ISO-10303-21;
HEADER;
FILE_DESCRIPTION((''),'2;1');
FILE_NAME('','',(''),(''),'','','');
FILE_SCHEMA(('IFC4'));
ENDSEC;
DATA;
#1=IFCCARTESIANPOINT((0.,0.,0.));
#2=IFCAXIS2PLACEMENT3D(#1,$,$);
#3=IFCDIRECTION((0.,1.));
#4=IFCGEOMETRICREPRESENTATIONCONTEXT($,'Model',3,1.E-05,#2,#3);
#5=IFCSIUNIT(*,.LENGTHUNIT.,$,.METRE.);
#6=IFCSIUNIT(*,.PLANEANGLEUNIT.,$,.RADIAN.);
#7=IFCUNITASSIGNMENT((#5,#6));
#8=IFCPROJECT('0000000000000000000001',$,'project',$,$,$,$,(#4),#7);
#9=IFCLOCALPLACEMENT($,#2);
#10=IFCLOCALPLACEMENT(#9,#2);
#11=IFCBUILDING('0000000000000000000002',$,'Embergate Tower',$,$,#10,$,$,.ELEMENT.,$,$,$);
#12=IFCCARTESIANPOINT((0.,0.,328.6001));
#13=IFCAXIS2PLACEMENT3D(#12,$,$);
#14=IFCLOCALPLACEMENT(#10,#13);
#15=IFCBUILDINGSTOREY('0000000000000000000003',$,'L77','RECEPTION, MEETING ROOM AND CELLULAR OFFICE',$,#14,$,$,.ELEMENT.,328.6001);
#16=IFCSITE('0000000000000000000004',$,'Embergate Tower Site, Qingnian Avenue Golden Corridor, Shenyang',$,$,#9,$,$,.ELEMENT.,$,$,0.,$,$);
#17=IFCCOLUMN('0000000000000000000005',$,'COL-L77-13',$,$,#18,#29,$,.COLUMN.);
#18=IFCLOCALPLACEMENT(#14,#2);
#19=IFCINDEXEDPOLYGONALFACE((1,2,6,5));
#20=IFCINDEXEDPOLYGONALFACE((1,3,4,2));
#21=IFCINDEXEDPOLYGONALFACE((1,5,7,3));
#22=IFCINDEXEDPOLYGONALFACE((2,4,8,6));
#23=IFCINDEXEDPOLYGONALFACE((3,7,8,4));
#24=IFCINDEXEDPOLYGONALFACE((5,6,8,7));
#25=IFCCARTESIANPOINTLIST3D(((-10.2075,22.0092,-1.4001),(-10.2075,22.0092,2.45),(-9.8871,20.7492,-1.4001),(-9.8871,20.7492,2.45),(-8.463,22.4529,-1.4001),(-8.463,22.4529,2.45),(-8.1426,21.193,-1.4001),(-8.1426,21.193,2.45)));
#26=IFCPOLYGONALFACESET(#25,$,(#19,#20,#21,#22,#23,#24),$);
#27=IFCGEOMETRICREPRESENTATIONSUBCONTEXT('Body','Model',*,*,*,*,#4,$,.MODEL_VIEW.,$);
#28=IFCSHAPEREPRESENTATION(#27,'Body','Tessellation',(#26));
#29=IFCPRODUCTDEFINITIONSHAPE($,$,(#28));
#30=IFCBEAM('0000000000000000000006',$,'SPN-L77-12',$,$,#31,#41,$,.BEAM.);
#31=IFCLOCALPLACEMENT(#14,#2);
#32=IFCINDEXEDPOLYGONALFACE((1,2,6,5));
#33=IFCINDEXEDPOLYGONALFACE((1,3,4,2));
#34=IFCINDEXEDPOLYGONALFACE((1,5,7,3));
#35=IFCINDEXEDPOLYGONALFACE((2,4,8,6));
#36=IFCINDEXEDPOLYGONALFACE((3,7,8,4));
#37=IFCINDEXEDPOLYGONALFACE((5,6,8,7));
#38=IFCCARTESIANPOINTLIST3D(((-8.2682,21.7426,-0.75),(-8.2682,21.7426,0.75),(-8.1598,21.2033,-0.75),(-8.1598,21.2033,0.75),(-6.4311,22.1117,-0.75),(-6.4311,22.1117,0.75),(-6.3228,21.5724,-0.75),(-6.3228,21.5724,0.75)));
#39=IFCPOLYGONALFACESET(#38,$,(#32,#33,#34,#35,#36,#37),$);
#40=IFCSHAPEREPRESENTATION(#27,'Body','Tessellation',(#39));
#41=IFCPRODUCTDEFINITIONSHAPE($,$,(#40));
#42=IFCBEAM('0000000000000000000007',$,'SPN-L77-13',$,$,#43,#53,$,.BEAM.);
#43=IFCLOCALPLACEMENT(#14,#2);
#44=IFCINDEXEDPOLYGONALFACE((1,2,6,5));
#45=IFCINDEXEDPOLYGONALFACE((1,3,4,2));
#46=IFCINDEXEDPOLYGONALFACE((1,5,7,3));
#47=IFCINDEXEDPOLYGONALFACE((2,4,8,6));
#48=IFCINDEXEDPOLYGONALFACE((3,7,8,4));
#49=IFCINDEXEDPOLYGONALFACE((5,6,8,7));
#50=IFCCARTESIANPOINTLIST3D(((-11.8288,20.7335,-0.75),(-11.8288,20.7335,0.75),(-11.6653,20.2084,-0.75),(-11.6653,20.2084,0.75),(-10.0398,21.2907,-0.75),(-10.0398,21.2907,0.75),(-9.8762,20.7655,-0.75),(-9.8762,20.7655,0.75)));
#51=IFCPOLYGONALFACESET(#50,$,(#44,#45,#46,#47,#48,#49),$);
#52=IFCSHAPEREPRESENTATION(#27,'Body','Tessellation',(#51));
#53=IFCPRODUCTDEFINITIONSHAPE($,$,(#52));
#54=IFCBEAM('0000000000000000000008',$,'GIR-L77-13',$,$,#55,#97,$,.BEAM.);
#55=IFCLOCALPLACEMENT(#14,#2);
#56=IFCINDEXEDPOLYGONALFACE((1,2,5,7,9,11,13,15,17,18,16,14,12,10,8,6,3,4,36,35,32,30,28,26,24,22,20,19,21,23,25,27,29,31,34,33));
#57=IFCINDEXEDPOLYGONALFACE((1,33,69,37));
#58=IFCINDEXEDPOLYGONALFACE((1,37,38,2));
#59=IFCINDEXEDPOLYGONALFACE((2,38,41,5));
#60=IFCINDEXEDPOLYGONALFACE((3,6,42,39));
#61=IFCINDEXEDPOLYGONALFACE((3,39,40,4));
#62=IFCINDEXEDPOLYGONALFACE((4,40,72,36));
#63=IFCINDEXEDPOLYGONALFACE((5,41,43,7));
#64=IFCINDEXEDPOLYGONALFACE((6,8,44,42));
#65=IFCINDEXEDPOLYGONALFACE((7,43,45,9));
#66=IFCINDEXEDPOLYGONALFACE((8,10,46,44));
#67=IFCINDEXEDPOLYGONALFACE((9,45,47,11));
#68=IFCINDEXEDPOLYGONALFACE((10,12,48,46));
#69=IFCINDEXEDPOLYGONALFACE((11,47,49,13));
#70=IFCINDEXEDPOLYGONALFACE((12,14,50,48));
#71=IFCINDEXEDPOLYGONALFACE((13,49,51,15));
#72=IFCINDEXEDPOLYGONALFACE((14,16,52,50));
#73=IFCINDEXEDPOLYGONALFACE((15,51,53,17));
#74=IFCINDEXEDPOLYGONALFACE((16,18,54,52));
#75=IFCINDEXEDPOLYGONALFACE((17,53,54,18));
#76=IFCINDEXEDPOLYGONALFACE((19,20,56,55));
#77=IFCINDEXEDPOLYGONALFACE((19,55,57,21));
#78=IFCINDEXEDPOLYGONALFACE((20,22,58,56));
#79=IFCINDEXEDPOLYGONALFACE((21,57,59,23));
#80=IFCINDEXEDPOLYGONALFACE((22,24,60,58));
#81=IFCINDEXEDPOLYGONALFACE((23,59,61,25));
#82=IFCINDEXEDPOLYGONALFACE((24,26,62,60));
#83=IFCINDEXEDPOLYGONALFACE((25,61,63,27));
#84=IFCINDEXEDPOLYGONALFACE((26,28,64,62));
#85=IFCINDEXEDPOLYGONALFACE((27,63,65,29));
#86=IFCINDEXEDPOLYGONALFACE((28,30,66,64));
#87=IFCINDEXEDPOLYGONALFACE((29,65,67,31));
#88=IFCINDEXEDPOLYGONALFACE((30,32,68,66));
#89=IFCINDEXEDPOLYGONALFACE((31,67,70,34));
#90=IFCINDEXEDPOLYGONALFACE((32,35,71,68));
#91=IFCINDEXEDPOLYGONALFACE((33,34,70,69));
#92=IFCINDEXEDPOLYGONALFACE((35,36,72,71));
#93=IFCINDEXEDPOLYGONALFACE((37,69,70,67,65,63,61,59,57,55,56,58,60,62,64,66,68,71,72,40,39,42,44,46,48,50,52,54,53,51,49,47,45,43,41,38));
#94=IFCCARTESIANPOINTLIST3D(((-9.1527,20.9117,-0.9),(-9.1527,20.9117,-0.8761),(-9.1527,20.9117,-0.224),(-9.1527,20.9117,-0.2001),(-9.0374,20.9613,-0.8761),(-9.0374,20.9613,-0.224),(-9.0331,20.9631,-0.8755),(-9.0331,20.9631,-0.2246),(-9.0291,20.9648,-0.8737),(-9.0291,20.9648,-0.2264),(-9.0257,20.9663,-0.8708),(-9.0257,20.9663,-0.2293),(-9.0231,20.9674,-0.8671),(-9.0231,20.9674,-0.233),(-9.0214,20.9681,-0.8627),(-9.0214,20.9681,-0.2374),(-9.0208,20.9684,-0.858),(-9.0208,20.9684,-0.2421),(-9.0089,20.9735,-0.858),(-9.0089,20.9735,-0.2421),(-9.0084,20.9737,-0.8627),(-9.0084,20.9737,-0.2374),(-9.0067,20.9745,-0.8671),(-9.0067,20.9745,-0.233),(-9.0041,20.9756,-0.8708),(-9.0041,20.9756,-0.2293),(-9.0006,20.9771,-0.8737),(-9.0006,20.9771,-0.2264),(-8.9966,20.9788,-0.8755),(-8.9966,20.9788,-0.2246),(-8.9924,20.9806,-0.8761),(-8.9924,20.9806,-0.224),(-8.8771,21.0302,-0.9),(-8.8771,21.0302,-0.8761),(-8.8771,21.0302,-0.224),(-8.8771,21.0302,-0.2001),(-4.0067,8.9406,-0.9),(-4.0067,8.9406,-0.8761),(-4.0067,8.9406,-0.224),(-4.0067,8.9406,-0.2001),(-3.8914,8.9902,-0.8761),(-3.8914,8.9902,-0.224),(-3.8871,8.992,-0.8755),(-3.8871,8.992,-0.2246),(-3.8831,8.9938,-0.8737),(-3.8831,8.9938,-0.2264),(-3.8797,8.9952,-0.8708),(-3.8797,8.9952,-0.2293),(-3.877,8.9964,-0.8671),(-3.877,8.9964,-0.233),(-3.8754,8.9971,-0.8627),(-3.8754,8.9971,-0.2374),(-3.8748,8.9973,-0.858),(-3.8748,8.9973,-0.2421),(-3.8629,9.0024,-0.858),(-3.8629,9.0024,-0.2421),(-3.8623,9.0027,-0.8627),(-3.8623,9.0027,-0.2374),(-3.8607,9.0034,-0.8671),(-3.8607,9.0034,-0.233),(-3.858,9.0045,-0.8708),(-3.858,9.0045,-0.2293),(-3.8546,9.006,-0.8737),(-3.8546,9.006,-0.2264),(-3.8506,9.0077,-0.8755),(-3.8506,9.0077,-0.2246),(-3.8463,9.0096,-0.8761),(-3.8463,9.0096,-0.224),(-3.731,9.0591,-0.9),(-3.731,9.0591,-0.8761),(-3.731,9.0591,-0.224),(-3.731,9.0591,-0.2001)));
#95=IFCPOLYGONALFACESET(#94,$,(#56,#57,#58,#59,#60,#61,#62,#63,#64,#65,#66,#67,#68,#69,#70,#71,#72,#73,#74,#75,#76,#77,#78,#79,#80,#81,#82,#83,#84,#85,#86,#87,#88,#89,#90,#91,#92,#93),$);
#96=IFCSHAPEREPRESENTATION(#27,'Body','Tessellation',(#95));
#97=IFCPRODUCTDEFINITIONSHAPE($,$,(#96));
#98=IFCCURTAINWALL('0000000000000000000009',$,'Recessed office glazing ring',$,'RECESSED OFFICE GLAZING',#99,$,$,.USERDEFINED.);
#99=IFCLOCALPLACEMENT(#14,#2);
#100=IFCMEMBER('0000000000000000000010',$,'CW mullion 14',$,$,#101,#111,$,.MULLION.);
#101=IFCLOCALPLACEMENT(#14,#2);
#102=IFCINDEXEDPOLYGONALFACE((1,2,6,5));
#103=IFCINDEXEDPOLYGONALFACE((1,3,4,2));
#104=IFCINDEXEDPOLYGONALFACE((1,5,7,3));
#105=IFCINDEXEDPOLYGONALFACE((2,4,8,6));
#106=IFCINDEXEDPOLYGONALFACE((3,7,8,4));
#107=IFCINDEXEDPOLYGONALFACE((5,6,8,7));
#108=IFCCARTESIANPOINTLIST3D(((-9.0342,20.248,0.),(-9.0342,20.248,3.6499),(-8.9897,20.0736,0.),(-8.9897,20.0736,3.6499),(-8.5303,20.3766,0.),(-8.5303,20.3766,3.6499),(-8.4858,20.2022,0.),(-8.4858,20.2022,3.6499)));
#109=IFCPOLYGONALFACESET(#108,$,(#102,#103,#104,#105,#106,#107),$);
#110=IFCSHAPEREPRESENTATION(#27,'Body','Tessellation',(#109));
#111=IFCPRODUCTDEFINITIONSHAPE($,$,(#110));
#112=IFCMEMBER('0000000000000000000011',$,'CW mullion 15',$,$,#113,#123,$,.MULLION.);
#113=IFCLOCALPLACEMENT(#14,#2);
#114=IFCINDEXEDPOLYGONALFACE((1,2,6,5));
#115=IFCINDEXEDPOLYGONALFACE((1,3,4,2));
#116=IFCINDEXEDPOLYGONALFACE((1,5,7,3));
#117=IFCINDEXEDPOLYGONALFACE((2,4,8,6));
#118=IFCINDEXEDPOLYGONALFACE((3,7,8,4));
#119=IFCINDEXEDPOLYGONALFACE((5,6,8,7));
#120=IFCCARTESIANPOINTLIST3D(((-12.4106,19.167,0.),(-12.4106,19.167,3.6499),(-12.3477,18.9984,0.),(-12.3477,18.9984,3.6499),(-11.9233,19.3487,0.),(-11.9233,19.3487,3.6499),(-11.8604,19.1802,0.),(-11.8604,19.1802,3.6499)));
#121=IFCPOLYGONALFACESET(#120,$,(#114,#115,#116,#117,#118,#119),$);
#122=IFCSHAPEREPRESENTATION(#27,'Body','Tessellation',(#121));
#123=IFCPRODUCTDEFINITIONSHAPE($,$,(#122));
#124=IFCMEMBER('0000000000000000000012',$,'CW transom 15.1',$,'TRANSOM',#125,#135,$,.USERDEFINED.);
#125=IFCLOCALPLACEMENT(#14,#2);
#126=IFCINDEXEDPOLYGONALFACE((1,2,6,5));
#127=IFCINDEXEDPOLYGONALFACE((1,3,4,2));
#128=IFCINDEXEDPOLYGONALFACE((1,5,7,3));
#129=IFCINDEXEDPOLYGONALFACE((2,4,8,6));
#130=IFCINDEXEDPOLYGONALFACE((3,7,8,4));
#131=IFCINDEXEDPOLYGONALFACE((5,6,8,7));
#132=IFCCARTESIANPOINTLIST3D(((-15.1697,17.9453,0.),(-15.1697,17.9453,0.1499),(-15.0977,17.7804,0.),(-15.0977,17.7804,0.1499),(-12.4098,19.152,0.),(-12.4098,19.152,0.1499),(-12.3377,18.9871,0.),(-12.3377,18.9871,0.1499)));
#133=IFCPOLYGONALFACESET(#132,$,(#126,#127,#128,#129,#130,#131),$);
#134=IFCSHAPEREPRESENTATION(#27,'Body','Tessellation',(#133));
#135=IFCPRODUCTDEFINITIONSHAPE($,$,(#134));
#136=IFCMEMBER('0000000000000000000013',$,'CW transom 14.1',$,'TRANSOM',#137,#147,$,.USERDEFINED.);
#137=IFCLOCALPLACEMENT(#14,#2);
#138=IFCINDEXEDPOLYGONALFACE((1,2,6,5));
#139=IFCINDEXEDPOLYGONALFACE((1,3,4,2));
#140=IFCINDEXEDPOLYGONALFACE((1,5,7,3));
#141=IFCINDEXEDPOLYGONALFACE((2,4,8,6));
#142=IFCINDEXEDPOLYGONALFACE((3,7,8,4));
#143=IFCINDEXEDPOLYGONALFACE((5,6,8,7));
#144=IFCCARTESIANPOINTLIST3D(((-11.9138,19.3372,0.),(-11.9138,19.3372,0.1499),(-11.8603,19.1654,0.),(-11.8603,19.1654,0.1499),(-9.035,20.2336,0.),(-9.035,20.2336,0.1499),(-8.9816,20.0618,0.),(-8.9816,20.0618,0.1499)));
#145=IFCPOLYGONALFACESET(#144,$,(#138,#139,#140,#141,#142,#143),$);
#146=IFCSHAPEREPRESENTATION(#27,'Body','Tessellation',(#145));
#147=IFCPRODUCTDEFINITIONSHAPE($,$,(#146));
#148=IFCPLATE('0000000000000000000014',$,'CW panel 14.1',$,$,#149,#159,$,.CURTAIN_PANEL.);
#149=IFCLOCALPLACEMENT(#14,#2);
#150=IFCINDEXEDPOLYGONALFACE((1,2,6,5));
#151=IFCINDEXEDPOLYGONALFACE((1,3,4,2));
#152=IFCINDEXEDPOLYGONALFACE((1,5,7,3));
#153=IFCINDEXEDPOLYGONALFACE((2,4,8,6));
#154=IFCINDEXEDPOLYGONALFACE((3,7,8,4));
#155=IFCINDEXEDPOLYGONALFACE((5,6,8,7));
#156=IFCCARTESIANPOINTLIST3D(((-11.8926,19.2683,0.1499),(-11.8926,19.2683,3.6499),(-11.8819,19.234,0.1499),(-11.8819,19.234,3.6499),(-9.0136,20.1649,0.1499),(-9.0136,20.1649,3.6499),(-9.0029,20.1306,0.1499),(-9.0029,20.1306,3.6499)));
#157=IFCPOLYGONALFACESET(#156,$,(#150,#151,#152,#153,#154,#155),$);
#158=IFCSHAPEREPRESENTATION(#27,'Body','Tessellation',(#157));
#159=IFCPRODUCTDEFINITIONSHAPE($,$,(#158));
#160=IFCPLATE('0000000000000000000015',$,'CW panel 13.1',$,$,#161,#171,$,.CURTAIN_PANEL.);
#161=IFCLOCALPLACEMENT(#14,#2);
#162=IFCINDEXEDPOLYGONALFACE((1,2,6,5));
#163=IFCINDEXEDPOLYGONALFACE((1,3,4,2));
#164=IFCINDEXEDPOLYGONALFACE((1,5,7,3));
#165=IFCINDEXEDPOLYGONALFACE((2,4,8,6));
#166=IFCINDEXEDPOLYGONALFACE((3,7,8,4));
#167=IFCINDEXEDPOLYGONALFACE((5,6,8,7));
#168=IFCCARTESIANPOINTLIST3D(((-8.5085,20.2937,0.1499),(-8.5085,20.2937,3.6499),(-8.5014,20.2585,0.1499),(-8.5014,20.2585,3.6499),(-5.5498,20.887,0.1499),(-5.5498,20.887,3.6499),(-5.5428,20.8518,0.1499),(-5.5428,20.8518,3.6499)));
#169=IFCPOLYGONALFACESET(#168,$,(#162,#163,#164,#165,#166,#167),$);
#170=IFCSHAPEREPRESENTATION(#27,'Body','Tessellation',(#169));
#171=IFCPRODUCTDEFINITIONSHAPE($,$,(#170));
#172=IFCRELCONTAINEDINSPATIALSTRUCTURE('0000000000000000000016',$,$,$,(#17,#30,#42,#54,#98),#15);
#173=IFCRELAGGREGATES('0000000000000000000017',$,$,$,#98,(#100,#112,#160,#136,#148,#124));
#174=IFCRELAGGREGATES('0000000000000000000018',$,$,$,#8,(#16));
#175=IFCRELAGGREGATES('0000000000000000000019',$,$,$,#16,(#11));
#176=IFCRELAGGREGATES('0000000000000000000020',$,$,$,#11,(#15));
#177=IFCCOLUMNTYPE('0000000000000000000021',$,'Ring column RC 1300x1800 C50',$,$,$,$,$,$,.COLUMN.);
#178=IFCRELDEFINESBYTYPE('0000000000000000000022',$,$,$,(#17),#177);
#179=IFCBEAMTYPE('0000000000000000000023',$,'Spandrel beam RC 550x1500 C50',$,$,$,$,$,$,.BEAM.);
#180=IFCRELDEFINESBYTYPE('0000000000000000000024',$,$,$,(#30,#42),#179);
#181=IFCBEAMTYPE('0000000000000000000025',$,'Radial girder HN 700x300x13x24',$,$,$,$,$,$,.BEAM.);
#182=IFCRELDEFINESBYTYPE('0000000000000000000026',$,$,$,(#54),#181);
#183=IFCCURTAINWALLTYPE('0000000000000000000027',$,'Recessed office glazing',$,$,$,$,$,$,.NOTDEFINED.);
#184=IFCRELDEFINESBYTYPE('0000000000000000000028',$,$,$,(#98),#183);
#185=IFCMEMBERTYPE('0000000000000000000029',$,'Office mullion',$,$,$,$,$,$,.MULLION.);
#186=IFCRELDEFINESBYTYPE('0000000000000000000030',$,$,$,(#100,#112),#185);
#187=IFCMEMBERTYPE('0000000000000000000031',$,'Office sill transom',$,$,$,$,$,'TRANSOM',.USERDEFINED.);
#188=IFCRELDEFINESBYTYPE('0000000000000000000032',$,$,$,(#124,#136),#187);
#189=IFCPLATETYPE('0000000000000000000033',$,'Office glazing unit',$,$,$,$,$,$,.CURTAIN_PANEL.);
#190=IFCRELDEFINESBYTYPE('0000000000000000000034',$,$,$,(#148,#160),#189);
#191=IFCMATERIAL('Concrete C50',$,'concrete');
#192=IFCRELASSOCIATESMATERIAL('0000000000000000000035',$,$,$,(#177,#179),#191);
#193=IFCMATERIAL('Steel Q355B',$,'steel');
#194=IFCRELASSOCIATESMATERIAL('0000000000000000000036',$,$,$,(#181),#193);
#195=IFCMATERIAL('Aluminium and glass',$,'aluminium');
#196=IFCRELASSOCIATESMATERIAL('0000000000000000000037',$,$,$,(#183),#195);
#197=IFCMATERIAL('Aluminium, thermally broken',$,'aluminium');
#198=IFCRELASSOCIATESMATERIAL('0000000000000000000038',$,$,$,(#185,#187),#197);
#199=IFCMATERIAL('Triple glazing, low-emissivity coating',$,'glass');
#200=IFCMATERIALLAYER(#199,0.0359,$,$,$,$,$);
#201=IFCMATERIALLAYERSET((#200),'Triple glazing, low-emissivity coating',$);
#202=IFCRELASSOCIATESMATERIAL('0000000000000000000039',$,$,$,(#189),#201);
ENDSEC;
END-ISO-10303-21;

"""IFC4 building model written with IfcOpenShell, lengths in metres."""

from ifc_helpers import new_model, si_unit, direction, frame, origin, origin_2d, place, context, subcontext, project, spatial, rectangle, i_section, extrude, source, transform, mapped, material, layer, layer_set, material_profile, profile_set, type_object, element, aggregate, save


model = new_model("IFC4")

# Units and contexts
model_context = context("Model", 3, precision=1e-05, world=origin(), true_north=direction((0.0, 1.0)))
body_context = subcontext(model_context, "Body", "Model", "MODEL_VIEW")
ifc_project = project(units=[si_unit("LENGTHUNIT", "METRE"), si_unit("PLANEANGLEUNIT", "RADIAN")], contexts=[model_context])

# Site, building, storey
site_placement = place(None, origin())
site = spatial("IfcSite", under=ifc_project, at=site_placement, Name="Embergate Tower Site, Qingnian Avenue Golden Corridor, Shenyang", CompositionType="ELEMENT", RefElevation=0.0)
building_placement = place(site_placement, origin())
building = spatial("IfcBuilding", under=site, at=building_placement, Name="Embergate Tower", CompositionType="ELEMENT")
storey_placement = place(building_placement, frame((0.0, 0.0, 328.6001)))
storey = spatial("IfcBuildingStorey", under=building, at=storey_placement, Name="L77", Description="RECEPTION, MEETING ROOM AND CELLULAR OFFICE", CompositionType="ELEMENT", Elevation=328.6001)

# Column
ifc_material_1 = material(Name="Concrete C50", Category="concrete")
ifc_material_profile_1 = material_profile(ifc_material_1, rectangle(XDim=1.3, YDim=1.8, at=origin_2d()), Name="RC 1300x1800")
ifc_profile_set_1 = profile_set([ifc_material_profile_1], Name="Concrete C50")
column_type = type_object("IfcColumnType", Name="Ring column RC 1300x1800 C50", PredefinedType="COLUMN", material=ifc_profile_set_1)
shared_shape_1 = source(origin(), body_context, "Body", "SweptSolid", [
    extrude(rectangle(XDim=1.3, YDim=1.8, at=origin_2d()), origin(), (0.0, 0.0, 1.0), 3.8501),
])
column_placement = place(storey_placement, frame((-9.175, 21.6011, -1.4001), z_axis=(0.0, 0.0, 1.0), x_axis=(-0.246509, 0.969141, 0.0)))
element("IfcColumn", 1, at=column_placement, inside=storey, type_object=column_type, Name="COL-L77-13", PredefinedType="COLUMN", context=body_context, shape_type="MappedRepresentation", body=[
    mapped(shared_shape_1, transform((0.0, 0.0, 0.0))),
])

# Beams
ifc_material_profile_2 = material_profile(ifc_material_1, rectangle(XDim=0.55, YDim=1.5, at=origin_2d()), Name="RC 550x1500")
ifc_profile_set_2 = profile_set([ifc_material_profile_2], Name="Concrete C50")
beam_type_1 = type_object("IfcBeamType", Name="Spandrel beam RC 550x1500 C50", PredefinedType="BEAM", material=ifc_profile_set_2)
shared_shape_2 = source(origin(), body_context, "Body", "SweptSolid", [
    extrude(rectangle(XDim=0.55, YDim=1.5, at=origin_2d()), origin(), (0.0, 0.0, 1.0), 1.8738),
])
for number, where, z_axis, x_axis, name in (
    (2, (-6.377, 21.842, 0.0), (-0.980405, -0.196993, 0.0), (0.196993, -0.980405, 0.0), "SPN-L77-12"),
    (3, (-9.958, 21.0281, 0.0), (-0.954776, -0.297325, 0.0), (0.297325, -0.954776, 0.0), "SPN-L77-13"),
):
    element("IfcBeam", number, at=place(storey_placement, frame(where, z_axis=z_axis, x_axis=x_axis)), inside=storey, type_object=beam_type_1, Name=name, PredefinedType="BEAM", context=body_context, shape_type="MappedRepresentation", body=[
        mapped(shared_shape_2, transform((0.0, 0.0, 0.0))),
    ])
ifc_material_2 = material(Name="Steel Q355B", Category="steel")
ifc_material_profile_3 = material_profile(ifc_material_2, i_section(OverallWidth=0.3, OverallDepth=0.7, WebThickness=0.0129, FlangeThickness=0.0239, FilletRadius=0.0181, at=origin_2d()), Name="HN 700x300x13x24")
ifc_profile_set_3 = profile_set([ifc_material_profile_3], Name="Steel Q355 grade B")
beam_type_2 = type_object("IfcBeamType", Name="Radial girder HN 700x300x13x24", PredefinedType="BEAM", material=ifc_profile_set_3)
shared_shape_3 = source(origin(), body_context, "Body", "SweptSolid", [
    extrude(i_section(OverallWidth=0.3, OverallDepth=0.7, WebThickness=0.0129, FlangeThickness=0.0239, FilletRadius=0.0181, at=origin_2d()), origin(), (0.0, 0.0, 1.0), 13.0303),
])
beam_placement = place(storey_placement, frame((-9.0149, 20.9709, -0.55), z_axis=(0.39493, -0.918711, 0.0), x_axis=(0.918711, 0.39493, 0.0)))
element("IfcBeam", 4, at=beam_placement, inside=storey, type_object=beam_type_2, Name="GIR-L77-13", PredefinedType="BEAM", context=body_context, shape_type="MappedRepresentation", body=[
    mapped(shared_shape_3, transform((0.0, 0.0, 0.0))),
])

# Curtain wall, members, plates
ifc_material_3 = material(Name="Aluminium and glass", Category="aluminium")
curtain_wall_type = type_object("IfcCurtainWallType", Name="Recessed office glazing", PredefinedType="NOTDEFINED", material=ifc_material_3)
curtain_wall_placement = place(storey_placement, origin())
curtain_wall = element("IfcCurtainWall", 5, at=curtain_wall_placement, inside=storey, type_object=curtain_wall_type, Name="Recessed office glazing ring", ObjectType="RECESSED OFFICE GLAZING", PredefinedType="USERDEFINED")
ifc_material_4 = material(Name="Aluminium, thermally broken", Category="aluminium")
ifc_material_profile_4 = material_profile(ifc_material_4, rectangle(XDim=0.1799, YDim=0.52, at=origin_2d()), Name="AL 520x180")
ifc_profile_set_4 = profile_set([ifc_material_profile_4], Name="Aluminium, thermally broken")
member_type_1 = type_object("IfcMemberType", Name="Office mullion", PredefinedType="MULLION", material=ifc_profile_set_4)
shared_shape_4 = source(origin(), body_context, "Body", "SweptSolid", [
    extrude(rectangle(XDim=0.1799, YDim=0.52, at=origin_2d()), origin(), (0.0, 0.0, 1.0), 3.6499),
])
member_1_placement = place(storey_placement, frame((-8.76, 20.2251, 0.0), z_axis=(0.0, 0.0, 1.0), x_axis=(0.247307, -0.968937, 0.0)))
member_1 = element("IfcMember", 6, at=member_1_placement, type_object=member_type_1, Name="CW mullion 14", PredefinedType="MULLION", context=body_context, shape_type="MappedRepresentation", body=[
    mapped(shared_shape_4, transform((0.0, 0.0, 0.0))),
])
member_2_placement = place(storey_placement, frame((-12.1355, 19.1736, 0.0), z_axis=(0.0, 0.0, 1.0), x_axis=(0.349496, -0.936938, 0.0)))
member_2 = element("IfcMember", 7, at=member_2_placement, type_object=member_type_1, Name="CW mullion 15", PredefinedType="MULLION", context=body_context, shape_type="MappedRepresentation", body=[
    mapped(shared_shape_4, transform((0.0, 0.0, 0.0))),
])
ifc_material_profile_5 = material_profile(ifc_material_4, rectangle(XDim=0.1799, YDim=0.1499, at=origin_2d()), Name="AL 150x180")
ifc_profile_set_5 = profile_set([ifc_material_profile_5], Name="Aluminium, thermally broken")
member_type_2 = type_object("IfcMemberType", Name="Office sill transom", ElementType="TRANSOM", PredefinedType="USERDEFINED", material=ifc_profile_set_5)
shared_shape_5 = source(origin(), body_context, "Body", "SweptSolid", [
    extrude(rectangle(XDim=0.1799, YDim=0.1499, at=origin_2d()), origin(), (0.0, 0.0, 1.0), 3.0122),
])
member_3_placement = place(storey_placement, frame((-12.3738, 19.0696, 0.075), z_axis=(-0.916245, -0.400619, 0.0), x_axis=(0.400619, -0.916245, 0.0)))
member_3 = element("IfcMember", 8, at=member_3_placement, type_object=member_type_2, Name="CW transom 15.1", ObjectType="TRANSOM", PredefinedType="USERDEFINED", context=body_context, shape_type="MappedRepresentation", body=[
    mapped(shared_shape_5, transform((0.0, 0.0, 0.0))),
])
shared_shape_6 = source(origin(), body_context, "Body", "SweptSolid", [
    extrude(rectangle(XDim=0.1799, YDim=0.1499, at=origin_2d()), origin(), (0.0, 0.0, 1.0), 3.0151),
])
member_4_placement = place(storey_placement, frame((-9.0083, 20.1477, 0.075), z_axis=(-0.954779, -0.297316, 0.0), x_axis=(0.297316, -0.954779, 0.0)))
member_4 = element("IfcMember", 9, at=member_4_placement, type_object=member_type_2, Name="CW transom 14.1", ObjectType="TRANSOM", PredefinedType="USERDEFINED", context=body_context, shape_type="MappedRepresentation", body=[
    mapped(shared_shape_6, transform((0.0, 0.0, 0.0))),
])
ifc_material_5 = material(Name="Triple glazing, low-emissivity coating", Category="glass")
ifc_layer_1 = layer(ifc_material_5, 0.0359)
ifc_layer_set_1 = layer_set([ifc_layer_1], Name="Triple glazing, low-emissivity coating")
plate_type = type_object("IfcPlateType", Name="Office glazing unit", PredefinedType="CURTAIN_PANEL", material=ifc_layer_set_1)
shared_shape_7 = source(origin(), body_context, "Body", "SweptSolid", [
    extrude(rectangle(XDim=3.0154, YDim=0.0359, at=origin_2d()), origin(), (0.0, 0.0, 1.0), 3.5),
])
plate_1_placement = place(storey_placement, frame((-10.4478, 19.6995, 0.1499), z_axis=(0.0, 0.0, 1.0), x_axis=(-0.954772, -0.297338, 0.0)))
plate_1 = element("IfcPlate", 10, at=plate_1_placement, type_object=plate_type, Name="CW panel 14.1", PredefinedType="CURTAIN_PANEL", context=body_context, shape_type="MappedRepresentation", body=[
    mapped(shared_shape_7, transform((0.0, 0.0, 0.0))),
])
shared_shape_8 = source(origin(), body_context, "Body", "SweptSolid", [
    extrude(rectangle(XDim=3.0176, YDim=0.0359, at=origin_2d()), origin(), (0.0, 0.0, 1.0), 3.5),
])
plate_2_placement = place(storey_placement, frame((-7.0256, 20.5728, 0.1499), z_axis=(0.0, 0.0, 1.0), x_axis=(-0.980476, -0.196639, 0.0)))
plate_2 = element("IfcPlate", 11, at=plate_2_placement, type_object=plate_type, Name="CW panel 13.1", PredefinedType="CURTAIN_PANEL", context=body_context, shape_type="MappedRepresentation", body=[
    mapped(shared_shape_8, transform((0.0, 0.0, 0.0))),
])
aggregate(curtain_wall, [member_1, member_2, plate_2, member_4, plate_1, member_3])

save(model, "model.ifc")
